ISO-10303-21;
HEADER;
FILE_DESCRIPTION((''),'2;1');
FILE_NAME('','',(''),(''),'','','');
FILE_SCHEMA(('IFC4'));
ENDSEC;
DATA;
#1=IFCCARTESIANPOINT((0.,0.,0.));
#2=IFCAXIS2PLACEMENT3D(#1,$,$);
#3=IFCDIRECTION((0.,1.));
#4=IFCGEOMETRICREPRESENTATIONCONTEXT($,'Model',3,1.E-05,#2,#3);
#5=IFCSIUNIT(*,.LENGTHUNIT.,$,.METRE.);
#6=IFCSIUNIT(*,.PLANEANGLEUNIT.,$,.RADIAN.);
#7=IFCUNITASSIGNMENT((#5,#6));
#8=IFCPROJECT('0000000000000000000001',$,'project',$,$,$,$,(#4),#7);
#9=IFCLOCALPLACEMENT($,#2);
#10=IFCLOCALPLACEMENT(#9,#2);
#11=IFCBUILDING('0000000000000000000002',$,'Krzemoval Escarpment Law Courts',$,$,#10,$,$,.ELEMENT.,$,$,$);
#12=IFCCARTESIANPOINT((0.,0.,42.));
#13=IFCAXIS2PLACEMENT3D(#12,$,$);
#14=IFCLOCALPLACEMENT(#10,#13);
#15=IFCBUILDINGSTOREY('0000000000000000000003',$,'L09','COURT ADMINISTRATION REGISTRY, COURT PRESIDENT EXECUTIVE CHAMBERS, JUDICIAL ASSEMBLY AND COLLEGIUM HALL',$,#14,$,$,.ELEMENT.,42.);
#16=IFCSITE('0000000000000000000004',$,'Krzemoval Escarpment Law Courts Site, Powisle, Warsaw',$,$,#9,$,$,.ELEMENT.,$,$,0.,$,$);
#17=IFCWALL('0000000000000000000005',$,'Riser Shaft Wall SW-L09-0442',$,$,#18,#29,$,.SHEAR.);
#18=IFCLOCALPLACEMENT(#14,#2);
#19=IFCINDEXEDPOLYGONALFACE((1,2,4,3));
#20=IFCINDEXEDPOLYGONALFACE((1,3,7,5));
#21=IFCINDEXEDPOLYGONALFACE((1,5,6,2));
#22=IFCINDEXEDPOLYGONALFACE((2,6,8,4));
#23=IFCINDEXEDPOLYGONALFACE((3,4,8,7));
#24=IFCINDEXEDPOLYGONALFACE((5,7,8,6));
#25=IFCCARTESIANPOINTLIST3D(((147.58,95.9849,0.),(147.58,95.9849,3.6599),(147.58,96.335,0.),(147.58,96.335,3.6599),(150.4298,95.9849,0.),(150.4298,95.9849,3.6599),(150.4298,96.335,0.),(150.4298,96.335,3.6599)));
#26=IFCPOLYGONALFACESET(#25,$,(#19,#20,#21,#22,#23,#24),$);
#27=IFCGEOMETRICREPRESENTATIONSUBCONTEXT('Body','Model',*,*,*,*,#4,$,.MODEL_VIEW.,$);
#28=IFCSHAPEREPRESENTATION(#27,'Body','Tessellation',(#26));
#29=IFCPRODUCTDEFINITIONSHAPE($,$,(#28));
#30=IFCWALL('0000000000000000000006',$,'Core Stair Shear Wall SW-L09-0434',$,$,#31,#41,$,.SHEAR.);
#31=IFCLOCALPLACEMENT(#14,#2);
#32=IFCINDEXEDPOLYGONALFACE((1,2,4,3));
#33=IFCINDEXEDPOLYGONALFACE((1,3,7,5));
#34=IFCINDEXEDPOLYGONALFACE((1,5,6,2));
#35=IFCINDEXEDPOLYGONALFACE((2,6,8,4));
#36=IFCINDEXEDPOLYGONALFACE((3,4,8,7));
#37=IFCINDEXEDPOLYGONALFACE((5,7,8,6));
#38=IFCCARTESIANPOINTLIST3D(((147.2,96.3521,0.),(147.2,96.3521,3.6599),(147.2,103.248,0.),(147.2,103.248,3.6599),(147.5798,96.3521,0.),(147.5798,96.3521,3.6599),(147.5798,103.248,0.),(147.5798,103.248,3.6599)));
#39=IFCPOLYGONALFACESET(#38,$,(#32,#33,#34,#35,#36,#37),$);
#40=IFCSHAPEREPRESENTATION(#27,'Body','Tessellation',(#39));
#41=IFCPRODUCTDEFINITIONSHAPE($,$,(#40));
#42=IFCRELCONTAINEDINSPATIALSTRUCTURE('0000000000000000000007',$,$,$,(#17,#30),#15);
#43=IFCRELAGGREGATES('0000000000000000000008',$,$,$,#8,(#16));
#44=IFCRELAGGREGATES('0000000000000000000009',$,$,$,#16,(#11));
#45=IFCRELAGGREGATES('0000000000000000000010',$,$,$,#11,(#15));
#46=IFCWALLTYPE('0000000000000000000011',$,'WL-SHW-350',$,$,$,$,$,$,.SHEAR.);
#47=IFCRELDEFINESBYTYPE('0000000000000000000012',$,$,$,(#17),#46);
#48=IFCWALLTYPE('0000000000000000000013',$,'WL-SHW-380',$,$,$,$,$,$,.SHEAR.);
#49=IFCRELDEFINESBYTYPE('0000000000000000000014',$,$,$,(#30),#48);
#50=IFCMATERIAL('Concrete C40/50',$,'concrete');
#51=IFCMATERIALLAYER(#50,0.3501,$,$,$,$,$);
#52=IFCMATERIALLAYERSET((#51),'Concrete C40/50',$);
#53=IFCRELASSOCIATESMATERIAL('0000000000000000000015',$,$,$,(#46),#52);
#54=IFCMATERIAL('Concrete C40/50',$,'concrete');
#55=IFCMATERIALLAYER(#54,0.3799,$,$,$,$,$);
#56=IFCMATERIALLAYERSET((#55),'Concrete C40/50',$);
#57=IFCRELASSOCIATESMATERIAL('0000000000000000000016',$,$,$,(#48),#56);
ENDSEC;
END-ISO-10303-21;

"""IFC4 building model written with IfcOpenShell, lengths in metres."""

from ifc_helpers import new_model, si_unit, direction, frame, frame_2d, origin, place, context, subcontext, project, spatial, rectangle, extrude, material, layer, layer_set, type_object, element, save


model = new_model("IFC4")

# Units and contexts
model_context = context("Model", 3, precision=1e-05, world=origin(), true_north=direction((0.0, 1.0)))
body_context = subcontext(model_context, "Body", "Model", "MODEL_VIEW")
ifc_project = project(units=[si_unit("LENGTHUNIT", "METRE"), si_unit("PLANEANGLEUNIT", "RADIAN")], contexts=[model_context])

# Site, building, storey
site_placement = place(None, origin())
site = spatial("IfcSite", under=ifc_project, at=site_placement, Name="Krzemoval Escarpment Law Courts Site, Powisle, Warsaw", CompositionType="ELEMENT", RefElevation=0.0)
building_placement = place(site_placement, origin())
building = spatial("IfcBuilding", under=site, at=building_placement, Name="Krzemoval Escarpment Law Courts", CompositionType="ELEMENT")
storey_placement = place(building_placement, frame((0.0, 0.0, 42.0)))
storey = spatial("IfcBuildingStorey", under=building, at=storey_placement, Name="L09", Description="COURT ADMINISTRATION REGISTRY, COURT PRESIDENT EXECUTIVE CHAMBERS, JUDICIAL ASSEMBLY AND COLLEGIUM HALL", CompositionType="ELEMENT", Elevation=42.0)

# Walls
ifc_material_1 = material(Name="Concrete C40/50", Category="concrete")
ifc_layer_1 = layer(ifc_material_1, 0.3501)
ifc_layer_set_1 = layer_set([ifc_layer_1], Name="Concrete C40/50")
wall_type_1 = type_object("IfcWallType", Name="WL-SHW-350", PredefinedType="SHEAR", material=ifc_layer_set_1)
wall_1_placement = place(storey_placement, frame((147.5801, 96.1599, 0.0), z_axis=(0.0, 0.0, 1.0), x_axis=(1.0, 0.0, 0.0)))
element("IfcWall", 1, at=wall_1_placement, inside=storey, type_object=wall_type_1, Name="Riser Shaft Wall SW-L09-0442", PredefinedType="SHEAR", context=body_context, shape_type="SweptSolid", body=[
    extrude(rectangle(XDim=2.8499, YDim=0.3501, at=frame_2d((1.4248, 0.0))), origin(), (0.0, 0.0, 1.0), 3.6599),
])
ifc_material_2 = material(Name="Concrete C40/50", Category="concrete")
ifc_layer_2 = layer(ifc_material_2, 0.3799)
ifc_layer_set_2 = layer_set([ifc_layer_2], Name="Concrete C40/50")
wall_type_2 = type_object("IfcWallType", Name="WL-SHW-380", PredefinedType="SHEAR", material=ifc_layer_set_2)
wall_2_placement = place(storey_placement, frame((147.3899, 96.3521, 0.0), z_axis=(0.0, 0.0, 1.0), x_axis=(0.0, 1.0, 0.0)))
element("IfcWall", 2, at=wall_2_placement, inside=storey, type_object=wall_type_2, Name="Core Stair Shear Wall SW-L09-0434", PredefinedType="SHEAR", context=body_context, shape_type="SweptSolid", body=[
    extrude(rectangle(XDim=6.896, YDim=0.3799, at=frame_2d((3.448, 0.0))), origin(), (0.0, 0.0, 1.0), 3.6599),
])

save(model, "model.ifc")
